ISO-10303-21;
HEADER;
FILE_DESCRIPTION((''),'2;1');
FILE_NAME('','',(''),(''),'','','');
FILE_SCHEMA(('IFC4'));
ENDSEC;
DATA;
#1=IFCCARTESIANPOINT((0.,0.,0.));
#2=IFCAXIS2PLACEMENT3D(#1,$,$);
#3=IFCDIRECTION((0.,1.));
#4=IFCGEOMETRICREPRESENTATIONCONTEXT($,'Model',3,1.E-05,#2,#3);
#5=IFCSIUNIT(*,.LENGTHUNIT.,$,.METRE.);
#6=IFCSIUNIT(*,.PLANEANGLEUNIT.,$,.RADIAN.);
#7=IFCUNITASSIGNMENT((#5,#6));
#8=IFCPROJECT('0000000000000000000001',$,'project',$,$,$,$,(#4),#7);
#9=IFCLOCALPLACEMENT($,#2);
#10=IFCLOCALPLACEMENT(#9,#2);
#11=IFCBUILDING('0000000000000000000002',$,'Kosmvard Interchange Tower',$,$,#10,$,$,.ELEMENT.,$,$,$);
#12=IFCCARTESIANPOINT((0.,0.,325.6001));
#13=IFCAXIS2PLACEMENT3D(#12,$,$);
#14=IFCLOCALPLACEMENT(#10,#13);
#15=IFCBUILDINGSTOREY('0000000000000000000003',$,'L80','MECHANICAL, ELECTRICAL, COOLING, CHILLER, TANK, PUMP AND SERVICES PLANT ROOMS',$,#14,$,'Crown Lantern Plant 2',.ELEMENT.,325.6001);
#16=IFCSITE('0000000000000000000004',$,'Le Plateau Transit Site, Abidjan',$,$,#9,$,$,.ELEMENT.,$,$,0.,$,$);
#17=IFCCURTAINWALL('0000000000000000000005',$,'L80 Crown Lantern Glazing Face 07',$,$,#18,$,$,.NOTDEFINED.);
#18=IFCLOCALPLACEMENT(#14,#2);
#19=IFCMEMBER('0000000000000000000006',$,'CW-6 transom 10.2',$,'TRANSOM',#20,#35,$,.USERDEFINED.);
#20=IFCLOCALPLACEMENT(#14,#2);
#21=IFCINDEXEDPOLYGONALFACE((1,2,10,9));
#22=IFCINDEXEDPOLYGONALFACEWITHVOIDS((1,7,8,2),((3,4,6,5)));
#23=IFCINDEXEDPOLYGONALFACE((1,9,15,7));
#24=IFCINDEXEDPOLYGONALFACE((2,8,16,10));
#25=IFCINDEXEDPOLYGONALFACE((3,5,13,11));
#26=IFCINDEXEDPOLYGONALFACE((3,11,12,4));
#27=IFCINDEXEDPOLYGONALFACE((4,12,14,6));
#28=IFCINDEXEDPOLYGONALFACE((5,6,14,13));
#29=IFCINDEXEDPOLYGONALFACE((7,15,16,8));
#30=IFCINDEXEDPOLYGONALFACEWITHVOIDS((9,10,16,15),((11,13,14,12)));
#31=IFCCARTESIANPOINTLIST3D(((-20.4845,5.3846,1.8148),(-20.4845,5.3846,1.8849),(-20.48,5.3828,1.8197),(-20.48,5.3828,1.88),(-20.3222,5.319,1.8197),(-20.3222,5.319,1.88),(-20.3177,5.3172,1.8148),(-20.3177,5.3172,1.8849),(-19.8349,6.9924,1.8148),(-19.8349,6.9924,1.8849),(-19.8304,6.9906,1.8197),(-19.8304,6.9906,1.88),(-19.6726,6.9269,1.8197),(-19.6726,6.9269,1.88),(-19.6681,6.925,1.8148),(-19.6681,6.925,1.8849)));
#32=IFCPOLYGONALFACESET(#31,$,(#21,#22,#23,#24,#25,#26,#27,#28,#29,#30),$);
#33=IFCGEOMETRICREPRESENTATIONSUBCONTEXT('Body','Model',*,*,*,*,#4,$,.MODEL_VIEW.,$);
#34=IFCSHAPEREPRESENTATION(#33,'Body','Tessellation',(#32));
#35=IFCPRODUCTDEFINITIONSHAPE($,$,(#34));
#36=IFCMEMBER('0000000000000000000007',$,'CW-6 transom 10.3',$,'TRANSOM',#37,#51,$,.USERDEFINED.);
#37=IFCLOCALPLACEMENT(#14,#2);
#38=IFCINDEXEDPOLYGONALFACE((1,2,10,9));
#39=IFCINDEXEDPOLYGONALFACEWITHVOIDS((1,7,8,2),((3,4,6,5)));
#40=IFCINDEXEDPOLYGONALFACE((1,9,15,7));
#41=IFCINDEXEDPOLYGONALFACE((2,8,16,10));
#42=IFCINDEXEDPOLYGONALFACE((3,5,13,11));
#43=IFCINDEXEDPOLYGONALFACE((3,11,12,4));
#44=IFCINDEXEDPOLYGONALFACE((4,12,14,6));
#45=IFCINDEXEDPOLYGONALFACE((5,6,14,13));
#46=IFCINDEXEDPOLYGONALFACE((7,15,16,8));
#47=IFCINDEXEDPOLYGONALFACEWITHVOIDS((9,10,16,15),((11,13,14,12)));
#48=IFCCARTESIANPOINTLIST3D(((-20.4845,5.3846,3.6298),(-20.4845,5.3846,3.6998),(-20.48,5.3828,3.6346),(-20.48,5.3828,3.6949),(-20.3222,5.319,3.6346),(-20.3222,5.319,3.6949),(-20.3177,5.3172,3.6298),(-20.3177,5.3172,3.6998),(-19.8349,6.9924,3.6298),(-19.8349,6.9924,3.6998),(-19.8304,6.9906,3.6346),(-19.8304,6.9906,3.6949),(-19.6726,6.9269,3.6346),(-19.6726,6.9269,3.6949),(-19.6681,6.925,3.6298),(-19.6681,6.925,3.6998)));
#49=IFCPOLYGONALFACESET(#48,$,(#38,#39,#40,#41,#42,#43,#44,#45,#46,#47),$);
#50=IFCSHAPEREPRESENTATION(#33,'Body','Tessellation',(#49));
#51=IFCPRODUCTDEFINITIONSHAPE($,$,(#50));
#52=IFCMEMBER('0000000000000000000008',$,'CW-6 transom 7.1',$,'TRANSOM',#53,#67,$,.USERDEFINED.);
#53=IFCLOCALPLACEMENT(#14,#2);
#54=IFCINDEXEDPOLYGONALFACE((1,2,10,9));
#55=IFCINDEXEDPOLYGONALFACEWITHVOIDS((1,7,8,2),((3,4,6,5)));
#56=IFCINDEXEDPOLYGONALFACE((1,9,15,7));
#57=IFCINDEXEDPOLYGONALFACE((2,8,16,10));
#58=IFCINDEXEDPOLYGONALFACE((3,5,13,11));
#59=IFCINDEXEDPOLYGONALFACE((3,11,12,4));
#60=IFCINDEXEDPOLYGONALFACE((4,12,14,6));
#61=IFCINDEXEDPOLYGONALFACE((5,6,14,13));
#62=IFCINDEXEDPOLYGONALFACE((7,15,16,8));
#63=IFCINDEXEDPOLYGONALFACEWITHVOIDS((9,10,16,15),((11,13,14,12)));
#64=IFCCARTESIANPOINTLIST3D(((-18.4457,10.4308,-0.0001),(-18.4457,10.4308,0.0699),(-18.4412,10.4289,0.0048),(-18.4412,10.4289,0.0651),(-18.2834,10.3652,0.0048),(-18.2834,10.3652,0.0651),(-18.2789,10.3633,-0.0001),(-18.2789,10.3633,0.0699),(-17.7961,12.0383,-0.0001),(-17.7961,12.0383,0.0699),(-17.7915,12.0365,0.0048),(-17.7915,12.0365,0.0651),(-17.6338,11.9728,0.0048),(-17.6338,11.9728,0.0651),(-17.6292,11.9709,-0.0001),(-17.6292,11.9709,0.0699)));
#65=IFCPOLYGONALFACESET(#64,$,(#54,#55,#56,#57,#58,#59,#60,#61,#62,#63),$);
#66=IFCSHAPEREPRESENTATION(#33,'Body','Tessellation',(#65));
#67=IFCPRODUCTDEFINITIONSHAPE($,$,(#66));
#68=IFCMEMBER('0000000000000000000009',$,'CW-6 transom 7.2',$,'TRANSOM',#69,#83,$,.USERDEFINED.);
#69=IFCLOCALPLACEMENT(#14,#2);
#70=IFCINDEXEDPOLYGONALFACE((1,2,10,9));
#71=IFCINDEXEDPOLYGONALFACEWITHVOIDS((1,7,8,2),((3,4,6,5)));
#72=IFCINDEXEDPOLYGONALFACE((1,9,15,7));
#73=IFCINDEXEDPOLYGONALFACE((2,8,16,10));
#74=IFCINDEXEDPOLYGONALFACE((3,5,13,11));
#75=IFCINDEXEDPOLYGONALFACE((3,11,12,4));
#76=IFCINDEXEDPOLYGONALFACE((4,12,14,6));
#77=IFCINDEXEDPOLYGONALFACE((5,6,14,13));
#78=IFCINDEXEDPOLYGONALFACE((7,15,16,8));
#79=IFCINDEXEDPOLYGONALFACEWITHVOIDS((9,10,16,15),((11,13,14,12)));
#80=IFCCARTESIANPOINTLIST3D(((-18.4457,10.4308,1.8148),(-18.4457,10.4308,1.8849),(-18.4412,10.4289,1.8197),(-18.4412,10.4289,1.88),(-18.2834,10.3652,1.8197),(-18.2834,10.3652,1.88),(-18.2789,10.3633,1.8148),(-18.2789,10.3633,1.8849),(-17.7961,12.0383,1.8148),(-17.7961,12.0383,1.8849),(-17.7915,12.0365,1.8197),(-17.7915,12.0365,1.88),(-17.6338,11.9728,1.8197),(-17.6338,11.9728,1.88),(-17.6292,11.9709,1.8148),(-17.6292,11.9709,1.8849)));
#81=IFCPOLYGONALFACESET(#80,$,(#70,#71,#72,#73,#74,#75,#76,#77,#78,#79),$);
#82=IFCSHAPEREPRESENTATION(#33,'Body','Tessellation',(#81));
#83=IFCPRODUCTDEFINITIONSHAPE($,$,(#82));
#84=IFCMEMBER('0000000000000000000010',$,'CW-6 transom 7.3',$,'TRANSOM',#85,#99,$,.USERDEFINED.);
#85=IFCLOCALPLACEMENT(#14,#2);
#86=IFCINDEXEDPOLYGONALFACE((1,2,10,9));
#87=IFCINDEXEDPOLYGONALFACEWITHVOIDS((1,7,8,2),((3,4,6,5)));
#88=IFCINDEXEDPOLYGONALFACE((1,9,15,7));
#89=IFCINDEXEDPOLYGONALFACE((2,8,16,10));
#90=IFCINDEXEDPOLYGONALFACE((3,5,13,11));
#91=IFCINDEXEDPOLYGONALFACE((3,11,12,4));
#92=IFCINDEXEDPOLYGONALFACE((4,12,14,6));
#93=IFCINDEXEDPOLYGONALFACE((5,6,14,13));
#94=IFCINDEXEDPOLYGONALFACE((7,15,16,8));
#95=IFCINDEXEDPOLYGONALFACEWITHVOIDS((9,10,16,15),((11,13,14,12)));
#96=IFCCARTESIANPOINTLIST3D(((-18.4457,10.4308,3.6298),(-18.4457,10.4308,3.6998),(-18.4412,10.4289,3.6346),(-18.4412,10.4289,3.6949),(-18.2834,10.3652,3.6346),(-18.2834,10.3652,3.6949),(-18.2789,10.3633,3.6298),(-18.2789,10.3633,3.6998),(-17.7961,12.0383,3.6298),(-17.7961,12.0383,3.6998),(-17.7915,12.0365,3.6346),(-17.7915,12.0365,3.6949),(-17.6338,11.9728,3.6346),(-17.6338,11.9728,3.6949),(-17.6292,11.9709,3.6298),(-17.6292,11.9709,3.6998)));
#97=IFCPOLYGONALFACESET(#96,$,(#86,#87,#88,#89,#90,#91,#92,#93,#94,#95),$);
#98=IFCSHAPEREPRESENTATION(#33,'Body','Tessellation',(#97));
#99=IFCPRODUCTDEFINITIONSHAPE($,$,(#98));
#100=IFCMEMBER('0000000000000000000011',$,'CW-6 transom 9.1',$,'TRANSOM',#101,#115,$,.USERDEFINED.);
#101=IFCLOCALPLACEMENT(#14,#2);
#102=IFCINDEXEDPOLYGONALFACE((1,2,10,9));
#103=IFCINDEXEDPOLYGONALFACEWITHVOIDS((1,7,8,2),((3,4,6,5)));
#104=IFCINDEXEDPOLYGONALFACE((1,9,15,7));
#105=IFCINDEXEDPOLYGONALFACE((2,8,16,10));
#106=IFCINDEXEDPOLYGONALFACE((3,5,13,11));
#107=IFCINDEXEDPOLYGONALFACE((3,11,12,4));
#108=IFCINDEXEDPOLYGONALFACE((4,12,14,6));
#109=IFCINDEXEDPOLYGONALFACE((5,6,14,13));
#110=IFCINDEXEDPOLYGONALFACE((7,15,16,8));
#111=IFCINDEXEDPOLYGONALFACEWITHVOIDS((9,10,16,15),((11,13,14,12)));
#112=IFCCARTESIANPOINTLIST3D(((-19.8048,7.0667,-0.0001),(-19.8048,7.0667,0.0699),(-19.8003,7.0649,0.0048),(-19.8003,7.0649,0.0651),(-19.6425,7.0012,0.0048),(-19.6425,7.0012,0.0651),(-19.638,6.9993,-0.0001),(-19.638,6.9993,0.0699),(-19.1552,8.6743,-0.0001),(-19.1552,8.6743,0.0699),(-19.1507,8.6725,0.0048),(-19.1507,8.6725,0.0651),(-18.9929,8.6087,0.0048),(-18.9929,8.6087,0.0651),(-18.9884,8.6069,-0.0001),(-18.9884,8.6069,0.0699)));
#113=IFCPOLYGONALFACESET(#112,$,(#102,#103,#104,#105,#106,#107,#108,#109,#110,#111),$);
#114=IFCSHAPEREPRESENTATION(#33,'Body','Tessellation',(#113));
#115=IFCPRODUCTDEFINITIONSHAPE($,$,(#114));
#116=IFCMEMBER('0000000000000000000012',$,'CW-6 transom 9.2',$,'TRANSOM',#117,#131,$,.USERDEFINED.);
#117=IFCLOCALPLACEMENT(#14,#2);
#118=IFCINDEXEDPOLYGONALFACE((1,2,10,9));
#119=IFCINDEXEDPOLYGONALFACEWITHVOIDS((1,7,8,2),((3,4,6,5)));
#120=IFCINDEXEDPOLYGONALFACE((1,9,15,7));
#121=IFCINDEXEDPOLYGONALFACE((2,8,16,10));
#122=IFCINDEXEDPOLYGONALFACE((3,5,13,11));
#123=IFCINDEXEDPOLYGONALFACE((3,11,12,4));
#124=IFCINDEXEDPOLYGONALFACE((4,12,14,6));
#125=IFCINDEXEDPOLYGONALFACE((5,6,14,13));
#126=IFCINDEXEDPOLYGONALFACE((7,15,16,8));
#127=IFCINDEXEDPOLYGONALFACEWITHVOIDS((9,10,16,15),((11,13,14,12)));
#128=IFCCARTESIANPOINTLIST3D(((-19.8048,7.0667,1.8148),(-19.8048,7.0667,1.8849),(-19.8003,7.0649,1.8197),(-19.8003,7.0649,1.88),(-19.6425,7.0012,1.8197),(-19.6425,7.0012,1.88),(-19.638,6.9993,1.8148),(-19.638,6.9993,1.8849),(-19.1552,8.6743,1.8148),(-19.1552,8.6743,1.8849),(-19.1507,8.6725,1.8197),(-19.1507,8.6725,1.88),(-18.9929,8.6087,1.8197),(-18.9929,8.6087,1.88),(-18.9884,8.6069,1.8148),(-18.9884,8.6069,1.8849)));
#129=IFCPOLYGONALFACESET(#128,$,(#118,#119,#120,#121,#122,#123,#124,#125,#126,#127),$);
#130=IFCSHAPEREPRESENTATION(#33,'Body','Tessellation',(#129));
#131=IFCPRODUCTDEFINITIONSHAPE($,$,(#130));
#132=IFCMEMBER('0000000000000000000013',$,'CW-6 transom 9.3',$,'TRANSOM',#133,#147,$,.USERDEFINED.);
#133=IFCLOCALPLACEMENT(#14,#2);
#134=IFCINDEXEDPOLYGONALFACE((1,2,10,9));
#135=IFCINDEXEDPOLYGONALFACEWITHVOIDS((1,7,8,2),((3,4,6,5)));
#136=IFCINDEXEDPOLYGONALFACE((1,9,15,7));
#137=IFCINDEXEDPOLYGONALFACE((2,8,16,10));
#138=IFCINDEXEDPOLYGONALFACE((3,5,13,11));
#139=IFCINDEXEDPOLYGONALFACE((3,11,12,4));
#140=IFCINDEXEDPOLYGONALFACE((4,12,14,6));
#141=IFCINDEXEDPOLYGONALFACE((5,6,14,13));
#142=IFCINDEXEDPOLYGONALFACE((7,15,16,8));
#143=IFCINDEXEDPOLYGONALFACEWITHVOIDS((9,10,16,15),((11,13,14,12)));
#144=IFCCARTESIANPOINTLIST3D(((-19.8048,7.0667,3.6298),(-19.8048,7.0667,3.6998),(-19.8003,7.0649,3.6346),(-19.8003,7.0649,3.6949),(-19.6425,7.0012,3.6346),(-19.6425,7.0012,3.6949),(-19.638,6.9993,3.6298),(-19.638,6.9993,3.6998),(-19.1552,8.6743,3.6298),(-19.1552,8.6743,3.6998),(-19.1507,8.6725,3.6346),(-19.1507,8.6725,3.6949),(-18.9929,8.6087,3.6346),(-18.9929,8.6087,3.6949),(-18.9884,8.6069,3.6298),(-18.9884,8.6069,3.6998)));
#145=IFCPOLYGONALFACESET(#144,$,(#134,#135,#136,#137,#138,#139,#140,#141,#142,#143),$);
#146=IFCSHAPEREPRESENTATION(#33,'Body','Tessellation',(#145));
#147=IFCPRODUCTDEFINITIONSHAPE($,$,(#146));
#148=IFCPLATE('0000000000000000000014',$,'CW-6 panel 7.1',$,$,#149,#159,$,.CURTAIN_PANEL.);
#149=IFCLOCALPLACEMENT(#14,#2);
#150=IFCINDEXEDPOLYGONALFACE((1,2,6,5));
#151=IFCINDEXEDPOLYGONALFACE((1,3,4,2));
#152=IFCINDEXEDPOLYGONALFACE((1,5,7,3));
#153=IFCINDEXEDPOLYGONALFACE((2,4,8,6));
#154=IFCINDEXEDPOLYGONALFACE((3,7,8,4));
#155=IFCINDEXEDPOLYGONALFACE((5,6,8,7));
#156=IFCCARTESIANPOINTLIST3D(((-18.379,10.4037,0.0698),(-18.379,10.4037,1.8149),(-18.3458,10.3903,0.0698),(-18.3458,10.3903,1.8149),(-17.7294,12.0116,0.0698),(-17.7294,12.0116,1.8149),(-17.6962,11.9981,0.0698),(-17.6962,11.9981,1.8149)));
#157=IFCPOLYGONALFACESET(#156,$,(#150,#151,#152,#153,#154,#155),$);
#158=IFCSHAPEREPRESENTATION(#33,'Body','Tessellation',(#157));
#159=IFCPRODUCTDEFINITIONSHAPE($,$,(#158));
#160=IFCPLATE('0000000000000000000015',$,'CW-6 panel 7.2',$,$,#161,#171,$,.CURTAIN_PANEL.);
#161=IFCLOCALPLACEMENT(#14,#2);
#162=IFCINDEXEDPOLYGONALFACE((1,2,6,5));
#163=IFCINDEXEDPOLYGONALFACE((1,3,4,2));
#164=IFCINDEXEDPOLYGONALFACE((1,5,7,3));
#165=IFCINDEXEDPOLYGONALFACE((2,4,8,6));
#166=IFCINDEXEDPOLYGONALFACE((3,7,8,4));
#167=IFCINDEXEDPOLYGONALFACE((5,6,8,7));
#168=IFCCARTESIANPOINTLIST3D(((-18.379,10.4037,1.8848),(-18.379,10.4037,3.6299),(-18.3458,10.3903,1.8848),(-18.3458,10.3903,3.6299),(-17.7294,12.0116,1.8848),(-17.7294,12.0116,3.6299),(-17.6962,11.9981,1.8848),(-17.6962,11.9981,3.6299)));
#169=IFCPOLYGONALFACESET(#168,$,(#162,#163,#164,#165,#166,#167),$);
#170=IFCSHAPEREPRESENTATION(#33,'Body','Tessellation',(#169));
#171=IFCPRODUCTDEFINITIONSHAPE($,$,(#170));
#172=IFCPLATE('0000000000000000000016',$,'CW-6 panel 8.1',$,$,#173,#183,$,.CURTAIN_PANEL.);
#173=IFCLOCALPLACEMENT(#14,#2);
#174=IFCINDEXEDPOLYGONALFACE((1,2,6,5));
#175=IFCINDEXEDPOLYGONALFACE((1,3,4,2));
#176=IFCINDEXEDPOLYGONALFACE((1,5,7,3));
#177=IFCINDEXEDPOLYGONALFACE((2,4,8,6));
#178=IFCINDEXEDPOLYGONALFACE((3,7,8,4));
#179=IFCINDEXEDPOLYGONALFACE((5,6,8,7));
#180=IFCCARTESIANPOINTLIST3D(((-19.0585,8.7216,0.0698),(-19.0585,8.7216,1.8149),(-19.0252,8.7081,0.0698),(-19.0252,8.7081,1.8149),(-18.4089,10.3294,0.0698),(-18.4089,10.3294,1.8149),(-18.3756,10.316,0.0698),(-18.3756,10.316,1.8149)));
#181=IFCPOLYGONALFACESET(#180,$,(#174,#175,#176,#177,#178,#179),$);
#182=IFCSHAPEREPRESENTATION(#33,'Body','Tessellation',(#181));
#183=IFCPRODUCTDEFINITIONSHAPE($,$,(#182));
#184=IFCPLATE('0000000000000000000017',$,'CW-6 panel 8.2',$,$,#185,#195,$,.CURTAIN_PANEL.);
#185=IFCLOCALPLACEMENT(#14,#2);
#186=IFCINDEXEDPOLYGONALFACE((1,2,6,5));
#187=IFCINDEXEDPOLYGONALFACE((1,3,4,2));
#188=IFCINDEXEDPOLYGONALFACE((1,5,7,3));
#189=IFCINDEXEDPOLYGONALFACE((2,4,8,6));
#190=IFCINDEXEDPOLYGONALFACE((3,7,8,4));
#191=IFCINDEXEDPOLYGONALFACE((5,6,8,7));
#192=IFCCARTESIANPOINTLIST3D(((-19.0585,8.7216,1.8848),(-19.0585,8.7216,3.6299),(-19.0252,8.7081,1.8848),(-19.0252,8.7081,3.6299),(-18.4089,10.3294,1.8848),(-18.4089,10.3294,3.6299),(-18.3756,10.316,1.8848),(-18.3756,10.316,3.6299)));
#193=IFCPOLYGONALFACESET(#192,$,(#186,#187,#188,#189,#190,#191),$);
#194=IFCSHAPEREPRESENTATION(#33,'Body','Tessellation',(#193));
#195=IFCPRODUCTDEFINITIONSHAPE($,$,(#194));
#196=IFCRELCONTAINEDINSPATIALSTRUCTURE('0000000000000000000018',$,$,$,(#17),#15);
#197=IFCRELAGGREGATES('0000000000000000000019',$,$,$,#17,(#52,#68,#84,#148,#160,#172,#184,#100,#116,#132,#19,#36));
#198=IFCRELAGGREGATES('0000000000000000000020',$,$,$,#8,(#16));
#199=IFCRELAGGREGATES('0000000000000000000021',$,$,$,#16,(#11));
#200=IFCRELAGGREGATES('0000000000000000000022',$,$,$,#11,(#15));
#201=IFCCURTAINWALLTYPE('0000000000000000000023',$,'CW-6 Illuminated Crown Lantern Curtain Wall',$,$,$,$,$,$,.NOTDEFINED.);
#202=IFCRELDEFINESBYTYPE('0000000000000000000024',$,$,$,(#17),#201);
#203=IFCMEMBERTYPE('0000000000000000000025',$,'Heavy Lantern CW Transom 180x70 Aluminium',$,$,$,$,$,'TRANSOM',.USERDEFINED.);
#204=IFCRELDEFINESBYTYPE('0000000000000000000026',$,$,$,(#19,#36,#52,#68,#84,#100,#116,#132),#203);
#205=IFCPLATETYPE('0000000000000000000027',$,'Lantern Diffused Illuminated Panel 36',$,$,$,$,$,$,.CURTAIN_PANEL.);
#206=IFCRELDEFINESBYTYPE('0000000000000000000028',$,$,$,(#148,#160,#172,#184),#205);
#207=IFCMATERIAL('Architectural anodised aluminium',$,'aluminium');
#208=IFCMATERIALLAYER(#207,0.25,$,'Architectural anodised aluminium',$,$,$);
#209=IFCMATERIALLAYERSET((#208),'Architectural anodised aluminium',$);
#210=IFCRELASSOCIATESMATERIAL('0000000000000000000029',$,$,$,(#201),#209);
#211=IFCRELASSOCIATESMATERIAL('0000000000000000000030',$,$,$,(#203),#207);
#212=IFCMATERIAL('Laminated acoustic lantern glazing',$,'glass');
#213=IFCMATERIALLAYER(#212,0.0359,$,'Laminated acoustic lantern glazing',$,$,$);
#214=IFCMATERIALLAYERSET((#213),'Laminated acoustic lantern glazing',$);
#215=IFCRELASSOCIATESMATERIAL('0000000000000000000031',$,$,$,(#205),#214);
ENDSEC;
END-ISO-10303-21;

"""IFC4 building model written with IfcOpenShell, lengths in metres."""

from ifc_helpers import new_model, si_unit, direction, frame, origin, origin_2d, place, context, subcontext, project, spatial, rectangle, hollow_rectangle, extrude, source, transform, mapped, material, layer, layer_set, material_profile, profile_set, type_object, element, aggregate, save


model = new_model("IFC4")

# Units and contexts
model_context = context("Model", 3, precision=1e-05, world=origin(), true_north=direction((0.0, 1.0)))
body_context = subcontext(model_context, "Body", "Model", "MODEL_VIEW")
ifc_project = project(units=[si_unit("LENGTHUNIT", "METRE"), si_unit("PLANEANGLEUNIT", "RADIAN")], contexts=[model_context])

# Site, building, storey
site_placement = place(None, origin())
site = spatial("IfcSite", under=ifc_project, at=site_placement, Name="Le Plateau Transit Site, Abidjan", CompositionType="ELEMENT", RefElevation=0.0)
building_placement = place(site_placement, origin())
building = spatial("IfcBuilding", under=site, at=building_placement, Name="Kosmvard Interchange Tower", CompositionType="ELEMENT")
storey_placement = place(building_placement, frame((0.0, 0.0, 325.6001)))
storey = spatial("IfcBuildingStorey", under=building, at=storey_placement, Name="L80", Description="MECHANICAL, ELECTRICAL, COOLING, CHILLER, TANK, PUMP AND SERVICES PLANT ROOMS", LongName="Crown Lantern Plant 2", CompositionType="ELEMENT", Elevation=325.6001)

# Curtain wall, members, plates
ifc_material_1 = material(Name="Architectural anodised aluminium", Category="aluminium")
ifc_layer_1 = layer(ifc_material_1, 0.25, Name="Architectural anodised aluminium")
ifc_layer_set_1 = layer_set([ifc_layer_1], Name="Architectural anodised aluminium")
curtain_wall_type = type_object("IfcCurtainWallType", Name="CW-6 Illuminated Crown Lantern Curtain Wall", PredefinedType="NOTDEFINED", material=ifc_layer_set_1)
curtain_wall_placement = place(storey_placement, origin())
curtain_wall = element("IfcCurtainWall", 1, at=curtain_wall_placement, inside=storey, type_object=curtain_wall_type, Name="L80 Crown Lantern Glazing Face 07", PredefinedType="NOTDEFINED")
ifc_material_profile_1 = material_profile(ifc_material_1, hollow_rectangle(XDim=0.1799, YDim=0.0701, WallThickness=0.0049, at=origin_2d()), Name="CWT 180x70x5")
ifc_profile_set_1 = profile_set([ifc_material_profile_1], Name="Architectural anodised aluminium")
member_type_1 = type_object("IfcMemberType", Name="Heavy Lantern CW Transom 180x70 Aluminium", ElementType="TRANSOM", PredefinedType="USERDEFINED", material=ifc_profile_set_1)
shared_shape_1 = source(origin(), body_context, "Body", "SweptSolid", [
    extrude(hollow_rectangle(XDim=0.1799, YDim=0.0701, WallThickness=0.0049, at=origin_2d()), origin(), (0.0, 0.0, 1.0), 1.7341),
])
member_1_placement = place(storey_placement, frame((-19.7515, 6.9587, 1.8499), z_axis=(-0.374617, -0.92718, 0.0), x_axis=(0.92718, -0.374617, 0.0)))
member_1 = element("IfcMember", 2, at=member_1_placement, type_object=member_type_1, Name="CW-6 transom 10.2", ObjectType="TRANSOM", PredefinedType="USERDEFINED", context=body_context, shape_type="MappedRepresentation", body=[
    mapped(shared_shape_1, transform((0.0, 0.0, 0.0), scale=1.0)),
])
member_2_placement = place(storey_placement, frame((-19.7515, 6.9587, 3.6648), z_axis=(-0.374617, -0.92718, 0.0), x_axis=(0.92718, -0.374617, 0.0)))
member_2 = element("IfcMember", 3, at=member_2_placement, type_object=member_type_1, Name="CW-6 transom 10.3", ObjectType="TRANSOM", PredefinedType="USERDEFINED", context=body_context, shape_type="MappedRepresentation", body=[
    mapped(shared_shape_1, transform((0.0, 0.0, 0.0), scale=1.0)),
])
shared_shape_2 = source(origin(), body_context, "Body", "SweptSolid", [
    extrude(hollow_rectangle(XDim=0.1799, YDim=0.0701, WallThickness=0.0049, at=origin_2d()), origin(), (0.0, 0.0, 1.0), 1.7339),
])
member_3_placement = place(storey_placement, frame((-17.7126, 12.0046, 0.0349), z_axis=(-0.374666, -0.92716, 0.0), x_axis=(0.92716, -0.374666, 0.0)))
member_3 = element("IfcMember", 4, at=member_3_placement, type_object=member_type_1, Name="CW-6 transom 7.1", ObjectType="TRANSOM", PredefinedType="USERDEFINED", context=body_context, shape_type="MappedRepresentation", body=[
    mapped(shared_shape_2, transform((0.0, 0.0, 0.0), scale=1.0)),
])
member_4_placement = place(storey_placement, frame((-17.7126, 12.0046, 1.8499), z_axis=(-0.374666, -0.92716, 0.0), x_axis=(0.92716, -0.374666, 0.0)))
member_4 = element("IfcMember", 5, at=member_4_placement, type_object=member_type_1, Name="CW-6 transom 7.2", ObjectType="TRANSOM", PredefinedType="USERDEFINED", context=body_context, shape_type="MappedRepresentation", body=[
    mapped(shared_shape_2, transform((0.0, 0.0, 0.0), scale=1.0)),
])
member_5_placement = place(storey_placement, frame((-17.7126, 12.0046, 3.6648), z_axis=(-0.374666, -0.92716, 0.0), x_axis=(0.92716, -0.374666, 0.0)))
member_5 = element("IfcMember", 6, at=member_5_placement, type_object=member_type_1, Name="CW-6 transom 7.3", ObjectType="TRANSOM", PredefinedType="USERDEFINED", context=body_context, shape_type="MappedRepresentation", body=[
    mapped(shared_shape_2, transform((0.0, 0.0, 0.0), scale=1.0)),
])
member_6_placement = place(storey_placement, frame((-19.0718, 8.6406, 0.0349), z_axis=(-0.374666, -0.92716, 0.0), x_axis=(0.92716, -0.374666, 0.0)))
member_6 = element("IfcMember", 7, at=member_6_placement, type_object=member_type_1, Name="CW-6 transom 9.1", ObjectType="TRANSOM", PredefinedType="USERDEFINED", context=body_context, shape_type="MappedRepresentation", body=[
    mapped(shared_shape_2, transform((0.0, 0.0, 0.0), scale=1.0)),
])
member_7_placement = place(storey_placement, frame((-19.0718, 8.6406, 1.8499), z_axis=(-0.374666, -0.92716, 0.0), x_axis=(0.92716, -0.374666, 0.0)))
member_7 = element("IfcMember", 8, at=member_7_placement, type_object=member_type_1, Name="CW-6 transom 9.2", ObjectType="TRANSOM", PredefinedType="USERDEFINED", context=body_context, shape_type="MappedRepresentation", body=[
    mapped(shared_shape_2, transform((0.0, 0.0, 0.0), scale=1.0)),
])
member_8_placement = place(storey_placement, frame((-19.0718, 8.6406, 3.6648), z_axis=(-0.374666, -0.92716, 0.0), x_axis=(0.92716, -0.374666, 0.0)))
member_8 = element("IfcMember", 9, at=member_8_placement, type_object=member_type_1, Name="CW-6 transom 9.3", ObjectType="TRANSOM", PredefinedType="USERDEFINED", context=body_context, shape_type="MappedRepresentation", body=[
    mapped(shared_shape_2, transform((0.0, 0.0, 0.0), scale=1.0)),
])
ifc_material_2 = material(Name="Laminated acoustic lantern glazing", Category="glass")
ifc_layer_2 = layer(ifc_material_2, 0.0359, Name="Laminated acoustic lantern glazing")
ifc_layer_set_2 = layer_set([ifc_layer_2], Name="Laminated acoustic lantern glazing")
plate_type = type_object("IfcPlateType", Name="Lantern Diffused Illuminated Panel 36", PredefinedType="CURTAIN_PANEL", material=ifc_layer_set_2)
shared_shape_3 = source(origin(), body_context, "Body", "SweptSolid", [
    extrude(rectangle(XDim=1.7341, YDim=0.0359, at=origin_2d()), origin(), (0.0, 0.0, 1.0), 1.7451),
])
plate_1_placement = place(storey_placement, frame((-18.0376, 11.2009, 0.0698), z_axis=(0.0, 0.0, 1.0), x_axis=(-0.374607, -0.927184, 0.0)))
plate_1 = element("IfcPlate", 10, at=plate_1_placement, type_object=plate_type, Name="CW-6 panel 7.1", PredefinedType="CURTAIN_PANEL", context=body_context, shape_type="MappedRepresentation", body=[
    mapped(shared_shape_3, transform((0.0, 0.0, 0.0), scale=1.0)),
])
plate_2_placement = place(storey_placement, frame((-18.0376, 11.2009, 1.8848), z_axis=(0.0, 0.0, 1.0), x_axis=(-0.374607, -0.927184, 0.0)))
plate_2 = element("IfcPlate", 11, at=plate_2_placement, type_object=plate_type, Name="CW-6 panel 7.2", PredefinedType="CURTAIN_PANEL", context=body_context, shape_type="MappedRepresentation", body=[
    mapped(shared_shape_3, transform((0.0, 0.0, 0.0), scale=1.0)),
])
plate_3_placement = place(storey_placement, frame((-18.717, 9.5188, 0.0698), z_axis=(0.0, 0.0, 1.0), x_axis=(-0.374607, -0.927184, 0.0)))
plate_3 = element("IfcPlate", 12, at=plate_3_placement, type_object=plate_type, Name="CW-6 panel 8.1", PredefinedType="CURTAIN_PANEL", context=body_context, shape_type="MappedRepresentation", body=[
    mapped(shared_shape_3, transform((0.0, 0.0, 0.0), scale=1.0)),
])
plate_4_placement = place(storey_placement, frame((-18.717, 9.5188, 1.8848), z_axis=(0.0, 0.0, 1.0), x_axis=(-0.374607, -0.927184, 0.0)))
plate_4 = element("IfcPlate", 13, at=plate_4_placement, type_object=plate_type, Name="CW-6 panel 8.2", PredefinedType="CURTAIN_PANEL", context=body_context, shape_type="MappedRepresentation", body=[
    mapped(shared_shape_3, transform((0.0, 0.0, 0.0), scale=1.0)),
])
aggregate(curtain_wall, [member_3, member_4, member_5, plate_1, plate_2, plate_3, plate_4, member_6, member_7, member_8, member_1, member_2])

save(model, "model.ifc")
